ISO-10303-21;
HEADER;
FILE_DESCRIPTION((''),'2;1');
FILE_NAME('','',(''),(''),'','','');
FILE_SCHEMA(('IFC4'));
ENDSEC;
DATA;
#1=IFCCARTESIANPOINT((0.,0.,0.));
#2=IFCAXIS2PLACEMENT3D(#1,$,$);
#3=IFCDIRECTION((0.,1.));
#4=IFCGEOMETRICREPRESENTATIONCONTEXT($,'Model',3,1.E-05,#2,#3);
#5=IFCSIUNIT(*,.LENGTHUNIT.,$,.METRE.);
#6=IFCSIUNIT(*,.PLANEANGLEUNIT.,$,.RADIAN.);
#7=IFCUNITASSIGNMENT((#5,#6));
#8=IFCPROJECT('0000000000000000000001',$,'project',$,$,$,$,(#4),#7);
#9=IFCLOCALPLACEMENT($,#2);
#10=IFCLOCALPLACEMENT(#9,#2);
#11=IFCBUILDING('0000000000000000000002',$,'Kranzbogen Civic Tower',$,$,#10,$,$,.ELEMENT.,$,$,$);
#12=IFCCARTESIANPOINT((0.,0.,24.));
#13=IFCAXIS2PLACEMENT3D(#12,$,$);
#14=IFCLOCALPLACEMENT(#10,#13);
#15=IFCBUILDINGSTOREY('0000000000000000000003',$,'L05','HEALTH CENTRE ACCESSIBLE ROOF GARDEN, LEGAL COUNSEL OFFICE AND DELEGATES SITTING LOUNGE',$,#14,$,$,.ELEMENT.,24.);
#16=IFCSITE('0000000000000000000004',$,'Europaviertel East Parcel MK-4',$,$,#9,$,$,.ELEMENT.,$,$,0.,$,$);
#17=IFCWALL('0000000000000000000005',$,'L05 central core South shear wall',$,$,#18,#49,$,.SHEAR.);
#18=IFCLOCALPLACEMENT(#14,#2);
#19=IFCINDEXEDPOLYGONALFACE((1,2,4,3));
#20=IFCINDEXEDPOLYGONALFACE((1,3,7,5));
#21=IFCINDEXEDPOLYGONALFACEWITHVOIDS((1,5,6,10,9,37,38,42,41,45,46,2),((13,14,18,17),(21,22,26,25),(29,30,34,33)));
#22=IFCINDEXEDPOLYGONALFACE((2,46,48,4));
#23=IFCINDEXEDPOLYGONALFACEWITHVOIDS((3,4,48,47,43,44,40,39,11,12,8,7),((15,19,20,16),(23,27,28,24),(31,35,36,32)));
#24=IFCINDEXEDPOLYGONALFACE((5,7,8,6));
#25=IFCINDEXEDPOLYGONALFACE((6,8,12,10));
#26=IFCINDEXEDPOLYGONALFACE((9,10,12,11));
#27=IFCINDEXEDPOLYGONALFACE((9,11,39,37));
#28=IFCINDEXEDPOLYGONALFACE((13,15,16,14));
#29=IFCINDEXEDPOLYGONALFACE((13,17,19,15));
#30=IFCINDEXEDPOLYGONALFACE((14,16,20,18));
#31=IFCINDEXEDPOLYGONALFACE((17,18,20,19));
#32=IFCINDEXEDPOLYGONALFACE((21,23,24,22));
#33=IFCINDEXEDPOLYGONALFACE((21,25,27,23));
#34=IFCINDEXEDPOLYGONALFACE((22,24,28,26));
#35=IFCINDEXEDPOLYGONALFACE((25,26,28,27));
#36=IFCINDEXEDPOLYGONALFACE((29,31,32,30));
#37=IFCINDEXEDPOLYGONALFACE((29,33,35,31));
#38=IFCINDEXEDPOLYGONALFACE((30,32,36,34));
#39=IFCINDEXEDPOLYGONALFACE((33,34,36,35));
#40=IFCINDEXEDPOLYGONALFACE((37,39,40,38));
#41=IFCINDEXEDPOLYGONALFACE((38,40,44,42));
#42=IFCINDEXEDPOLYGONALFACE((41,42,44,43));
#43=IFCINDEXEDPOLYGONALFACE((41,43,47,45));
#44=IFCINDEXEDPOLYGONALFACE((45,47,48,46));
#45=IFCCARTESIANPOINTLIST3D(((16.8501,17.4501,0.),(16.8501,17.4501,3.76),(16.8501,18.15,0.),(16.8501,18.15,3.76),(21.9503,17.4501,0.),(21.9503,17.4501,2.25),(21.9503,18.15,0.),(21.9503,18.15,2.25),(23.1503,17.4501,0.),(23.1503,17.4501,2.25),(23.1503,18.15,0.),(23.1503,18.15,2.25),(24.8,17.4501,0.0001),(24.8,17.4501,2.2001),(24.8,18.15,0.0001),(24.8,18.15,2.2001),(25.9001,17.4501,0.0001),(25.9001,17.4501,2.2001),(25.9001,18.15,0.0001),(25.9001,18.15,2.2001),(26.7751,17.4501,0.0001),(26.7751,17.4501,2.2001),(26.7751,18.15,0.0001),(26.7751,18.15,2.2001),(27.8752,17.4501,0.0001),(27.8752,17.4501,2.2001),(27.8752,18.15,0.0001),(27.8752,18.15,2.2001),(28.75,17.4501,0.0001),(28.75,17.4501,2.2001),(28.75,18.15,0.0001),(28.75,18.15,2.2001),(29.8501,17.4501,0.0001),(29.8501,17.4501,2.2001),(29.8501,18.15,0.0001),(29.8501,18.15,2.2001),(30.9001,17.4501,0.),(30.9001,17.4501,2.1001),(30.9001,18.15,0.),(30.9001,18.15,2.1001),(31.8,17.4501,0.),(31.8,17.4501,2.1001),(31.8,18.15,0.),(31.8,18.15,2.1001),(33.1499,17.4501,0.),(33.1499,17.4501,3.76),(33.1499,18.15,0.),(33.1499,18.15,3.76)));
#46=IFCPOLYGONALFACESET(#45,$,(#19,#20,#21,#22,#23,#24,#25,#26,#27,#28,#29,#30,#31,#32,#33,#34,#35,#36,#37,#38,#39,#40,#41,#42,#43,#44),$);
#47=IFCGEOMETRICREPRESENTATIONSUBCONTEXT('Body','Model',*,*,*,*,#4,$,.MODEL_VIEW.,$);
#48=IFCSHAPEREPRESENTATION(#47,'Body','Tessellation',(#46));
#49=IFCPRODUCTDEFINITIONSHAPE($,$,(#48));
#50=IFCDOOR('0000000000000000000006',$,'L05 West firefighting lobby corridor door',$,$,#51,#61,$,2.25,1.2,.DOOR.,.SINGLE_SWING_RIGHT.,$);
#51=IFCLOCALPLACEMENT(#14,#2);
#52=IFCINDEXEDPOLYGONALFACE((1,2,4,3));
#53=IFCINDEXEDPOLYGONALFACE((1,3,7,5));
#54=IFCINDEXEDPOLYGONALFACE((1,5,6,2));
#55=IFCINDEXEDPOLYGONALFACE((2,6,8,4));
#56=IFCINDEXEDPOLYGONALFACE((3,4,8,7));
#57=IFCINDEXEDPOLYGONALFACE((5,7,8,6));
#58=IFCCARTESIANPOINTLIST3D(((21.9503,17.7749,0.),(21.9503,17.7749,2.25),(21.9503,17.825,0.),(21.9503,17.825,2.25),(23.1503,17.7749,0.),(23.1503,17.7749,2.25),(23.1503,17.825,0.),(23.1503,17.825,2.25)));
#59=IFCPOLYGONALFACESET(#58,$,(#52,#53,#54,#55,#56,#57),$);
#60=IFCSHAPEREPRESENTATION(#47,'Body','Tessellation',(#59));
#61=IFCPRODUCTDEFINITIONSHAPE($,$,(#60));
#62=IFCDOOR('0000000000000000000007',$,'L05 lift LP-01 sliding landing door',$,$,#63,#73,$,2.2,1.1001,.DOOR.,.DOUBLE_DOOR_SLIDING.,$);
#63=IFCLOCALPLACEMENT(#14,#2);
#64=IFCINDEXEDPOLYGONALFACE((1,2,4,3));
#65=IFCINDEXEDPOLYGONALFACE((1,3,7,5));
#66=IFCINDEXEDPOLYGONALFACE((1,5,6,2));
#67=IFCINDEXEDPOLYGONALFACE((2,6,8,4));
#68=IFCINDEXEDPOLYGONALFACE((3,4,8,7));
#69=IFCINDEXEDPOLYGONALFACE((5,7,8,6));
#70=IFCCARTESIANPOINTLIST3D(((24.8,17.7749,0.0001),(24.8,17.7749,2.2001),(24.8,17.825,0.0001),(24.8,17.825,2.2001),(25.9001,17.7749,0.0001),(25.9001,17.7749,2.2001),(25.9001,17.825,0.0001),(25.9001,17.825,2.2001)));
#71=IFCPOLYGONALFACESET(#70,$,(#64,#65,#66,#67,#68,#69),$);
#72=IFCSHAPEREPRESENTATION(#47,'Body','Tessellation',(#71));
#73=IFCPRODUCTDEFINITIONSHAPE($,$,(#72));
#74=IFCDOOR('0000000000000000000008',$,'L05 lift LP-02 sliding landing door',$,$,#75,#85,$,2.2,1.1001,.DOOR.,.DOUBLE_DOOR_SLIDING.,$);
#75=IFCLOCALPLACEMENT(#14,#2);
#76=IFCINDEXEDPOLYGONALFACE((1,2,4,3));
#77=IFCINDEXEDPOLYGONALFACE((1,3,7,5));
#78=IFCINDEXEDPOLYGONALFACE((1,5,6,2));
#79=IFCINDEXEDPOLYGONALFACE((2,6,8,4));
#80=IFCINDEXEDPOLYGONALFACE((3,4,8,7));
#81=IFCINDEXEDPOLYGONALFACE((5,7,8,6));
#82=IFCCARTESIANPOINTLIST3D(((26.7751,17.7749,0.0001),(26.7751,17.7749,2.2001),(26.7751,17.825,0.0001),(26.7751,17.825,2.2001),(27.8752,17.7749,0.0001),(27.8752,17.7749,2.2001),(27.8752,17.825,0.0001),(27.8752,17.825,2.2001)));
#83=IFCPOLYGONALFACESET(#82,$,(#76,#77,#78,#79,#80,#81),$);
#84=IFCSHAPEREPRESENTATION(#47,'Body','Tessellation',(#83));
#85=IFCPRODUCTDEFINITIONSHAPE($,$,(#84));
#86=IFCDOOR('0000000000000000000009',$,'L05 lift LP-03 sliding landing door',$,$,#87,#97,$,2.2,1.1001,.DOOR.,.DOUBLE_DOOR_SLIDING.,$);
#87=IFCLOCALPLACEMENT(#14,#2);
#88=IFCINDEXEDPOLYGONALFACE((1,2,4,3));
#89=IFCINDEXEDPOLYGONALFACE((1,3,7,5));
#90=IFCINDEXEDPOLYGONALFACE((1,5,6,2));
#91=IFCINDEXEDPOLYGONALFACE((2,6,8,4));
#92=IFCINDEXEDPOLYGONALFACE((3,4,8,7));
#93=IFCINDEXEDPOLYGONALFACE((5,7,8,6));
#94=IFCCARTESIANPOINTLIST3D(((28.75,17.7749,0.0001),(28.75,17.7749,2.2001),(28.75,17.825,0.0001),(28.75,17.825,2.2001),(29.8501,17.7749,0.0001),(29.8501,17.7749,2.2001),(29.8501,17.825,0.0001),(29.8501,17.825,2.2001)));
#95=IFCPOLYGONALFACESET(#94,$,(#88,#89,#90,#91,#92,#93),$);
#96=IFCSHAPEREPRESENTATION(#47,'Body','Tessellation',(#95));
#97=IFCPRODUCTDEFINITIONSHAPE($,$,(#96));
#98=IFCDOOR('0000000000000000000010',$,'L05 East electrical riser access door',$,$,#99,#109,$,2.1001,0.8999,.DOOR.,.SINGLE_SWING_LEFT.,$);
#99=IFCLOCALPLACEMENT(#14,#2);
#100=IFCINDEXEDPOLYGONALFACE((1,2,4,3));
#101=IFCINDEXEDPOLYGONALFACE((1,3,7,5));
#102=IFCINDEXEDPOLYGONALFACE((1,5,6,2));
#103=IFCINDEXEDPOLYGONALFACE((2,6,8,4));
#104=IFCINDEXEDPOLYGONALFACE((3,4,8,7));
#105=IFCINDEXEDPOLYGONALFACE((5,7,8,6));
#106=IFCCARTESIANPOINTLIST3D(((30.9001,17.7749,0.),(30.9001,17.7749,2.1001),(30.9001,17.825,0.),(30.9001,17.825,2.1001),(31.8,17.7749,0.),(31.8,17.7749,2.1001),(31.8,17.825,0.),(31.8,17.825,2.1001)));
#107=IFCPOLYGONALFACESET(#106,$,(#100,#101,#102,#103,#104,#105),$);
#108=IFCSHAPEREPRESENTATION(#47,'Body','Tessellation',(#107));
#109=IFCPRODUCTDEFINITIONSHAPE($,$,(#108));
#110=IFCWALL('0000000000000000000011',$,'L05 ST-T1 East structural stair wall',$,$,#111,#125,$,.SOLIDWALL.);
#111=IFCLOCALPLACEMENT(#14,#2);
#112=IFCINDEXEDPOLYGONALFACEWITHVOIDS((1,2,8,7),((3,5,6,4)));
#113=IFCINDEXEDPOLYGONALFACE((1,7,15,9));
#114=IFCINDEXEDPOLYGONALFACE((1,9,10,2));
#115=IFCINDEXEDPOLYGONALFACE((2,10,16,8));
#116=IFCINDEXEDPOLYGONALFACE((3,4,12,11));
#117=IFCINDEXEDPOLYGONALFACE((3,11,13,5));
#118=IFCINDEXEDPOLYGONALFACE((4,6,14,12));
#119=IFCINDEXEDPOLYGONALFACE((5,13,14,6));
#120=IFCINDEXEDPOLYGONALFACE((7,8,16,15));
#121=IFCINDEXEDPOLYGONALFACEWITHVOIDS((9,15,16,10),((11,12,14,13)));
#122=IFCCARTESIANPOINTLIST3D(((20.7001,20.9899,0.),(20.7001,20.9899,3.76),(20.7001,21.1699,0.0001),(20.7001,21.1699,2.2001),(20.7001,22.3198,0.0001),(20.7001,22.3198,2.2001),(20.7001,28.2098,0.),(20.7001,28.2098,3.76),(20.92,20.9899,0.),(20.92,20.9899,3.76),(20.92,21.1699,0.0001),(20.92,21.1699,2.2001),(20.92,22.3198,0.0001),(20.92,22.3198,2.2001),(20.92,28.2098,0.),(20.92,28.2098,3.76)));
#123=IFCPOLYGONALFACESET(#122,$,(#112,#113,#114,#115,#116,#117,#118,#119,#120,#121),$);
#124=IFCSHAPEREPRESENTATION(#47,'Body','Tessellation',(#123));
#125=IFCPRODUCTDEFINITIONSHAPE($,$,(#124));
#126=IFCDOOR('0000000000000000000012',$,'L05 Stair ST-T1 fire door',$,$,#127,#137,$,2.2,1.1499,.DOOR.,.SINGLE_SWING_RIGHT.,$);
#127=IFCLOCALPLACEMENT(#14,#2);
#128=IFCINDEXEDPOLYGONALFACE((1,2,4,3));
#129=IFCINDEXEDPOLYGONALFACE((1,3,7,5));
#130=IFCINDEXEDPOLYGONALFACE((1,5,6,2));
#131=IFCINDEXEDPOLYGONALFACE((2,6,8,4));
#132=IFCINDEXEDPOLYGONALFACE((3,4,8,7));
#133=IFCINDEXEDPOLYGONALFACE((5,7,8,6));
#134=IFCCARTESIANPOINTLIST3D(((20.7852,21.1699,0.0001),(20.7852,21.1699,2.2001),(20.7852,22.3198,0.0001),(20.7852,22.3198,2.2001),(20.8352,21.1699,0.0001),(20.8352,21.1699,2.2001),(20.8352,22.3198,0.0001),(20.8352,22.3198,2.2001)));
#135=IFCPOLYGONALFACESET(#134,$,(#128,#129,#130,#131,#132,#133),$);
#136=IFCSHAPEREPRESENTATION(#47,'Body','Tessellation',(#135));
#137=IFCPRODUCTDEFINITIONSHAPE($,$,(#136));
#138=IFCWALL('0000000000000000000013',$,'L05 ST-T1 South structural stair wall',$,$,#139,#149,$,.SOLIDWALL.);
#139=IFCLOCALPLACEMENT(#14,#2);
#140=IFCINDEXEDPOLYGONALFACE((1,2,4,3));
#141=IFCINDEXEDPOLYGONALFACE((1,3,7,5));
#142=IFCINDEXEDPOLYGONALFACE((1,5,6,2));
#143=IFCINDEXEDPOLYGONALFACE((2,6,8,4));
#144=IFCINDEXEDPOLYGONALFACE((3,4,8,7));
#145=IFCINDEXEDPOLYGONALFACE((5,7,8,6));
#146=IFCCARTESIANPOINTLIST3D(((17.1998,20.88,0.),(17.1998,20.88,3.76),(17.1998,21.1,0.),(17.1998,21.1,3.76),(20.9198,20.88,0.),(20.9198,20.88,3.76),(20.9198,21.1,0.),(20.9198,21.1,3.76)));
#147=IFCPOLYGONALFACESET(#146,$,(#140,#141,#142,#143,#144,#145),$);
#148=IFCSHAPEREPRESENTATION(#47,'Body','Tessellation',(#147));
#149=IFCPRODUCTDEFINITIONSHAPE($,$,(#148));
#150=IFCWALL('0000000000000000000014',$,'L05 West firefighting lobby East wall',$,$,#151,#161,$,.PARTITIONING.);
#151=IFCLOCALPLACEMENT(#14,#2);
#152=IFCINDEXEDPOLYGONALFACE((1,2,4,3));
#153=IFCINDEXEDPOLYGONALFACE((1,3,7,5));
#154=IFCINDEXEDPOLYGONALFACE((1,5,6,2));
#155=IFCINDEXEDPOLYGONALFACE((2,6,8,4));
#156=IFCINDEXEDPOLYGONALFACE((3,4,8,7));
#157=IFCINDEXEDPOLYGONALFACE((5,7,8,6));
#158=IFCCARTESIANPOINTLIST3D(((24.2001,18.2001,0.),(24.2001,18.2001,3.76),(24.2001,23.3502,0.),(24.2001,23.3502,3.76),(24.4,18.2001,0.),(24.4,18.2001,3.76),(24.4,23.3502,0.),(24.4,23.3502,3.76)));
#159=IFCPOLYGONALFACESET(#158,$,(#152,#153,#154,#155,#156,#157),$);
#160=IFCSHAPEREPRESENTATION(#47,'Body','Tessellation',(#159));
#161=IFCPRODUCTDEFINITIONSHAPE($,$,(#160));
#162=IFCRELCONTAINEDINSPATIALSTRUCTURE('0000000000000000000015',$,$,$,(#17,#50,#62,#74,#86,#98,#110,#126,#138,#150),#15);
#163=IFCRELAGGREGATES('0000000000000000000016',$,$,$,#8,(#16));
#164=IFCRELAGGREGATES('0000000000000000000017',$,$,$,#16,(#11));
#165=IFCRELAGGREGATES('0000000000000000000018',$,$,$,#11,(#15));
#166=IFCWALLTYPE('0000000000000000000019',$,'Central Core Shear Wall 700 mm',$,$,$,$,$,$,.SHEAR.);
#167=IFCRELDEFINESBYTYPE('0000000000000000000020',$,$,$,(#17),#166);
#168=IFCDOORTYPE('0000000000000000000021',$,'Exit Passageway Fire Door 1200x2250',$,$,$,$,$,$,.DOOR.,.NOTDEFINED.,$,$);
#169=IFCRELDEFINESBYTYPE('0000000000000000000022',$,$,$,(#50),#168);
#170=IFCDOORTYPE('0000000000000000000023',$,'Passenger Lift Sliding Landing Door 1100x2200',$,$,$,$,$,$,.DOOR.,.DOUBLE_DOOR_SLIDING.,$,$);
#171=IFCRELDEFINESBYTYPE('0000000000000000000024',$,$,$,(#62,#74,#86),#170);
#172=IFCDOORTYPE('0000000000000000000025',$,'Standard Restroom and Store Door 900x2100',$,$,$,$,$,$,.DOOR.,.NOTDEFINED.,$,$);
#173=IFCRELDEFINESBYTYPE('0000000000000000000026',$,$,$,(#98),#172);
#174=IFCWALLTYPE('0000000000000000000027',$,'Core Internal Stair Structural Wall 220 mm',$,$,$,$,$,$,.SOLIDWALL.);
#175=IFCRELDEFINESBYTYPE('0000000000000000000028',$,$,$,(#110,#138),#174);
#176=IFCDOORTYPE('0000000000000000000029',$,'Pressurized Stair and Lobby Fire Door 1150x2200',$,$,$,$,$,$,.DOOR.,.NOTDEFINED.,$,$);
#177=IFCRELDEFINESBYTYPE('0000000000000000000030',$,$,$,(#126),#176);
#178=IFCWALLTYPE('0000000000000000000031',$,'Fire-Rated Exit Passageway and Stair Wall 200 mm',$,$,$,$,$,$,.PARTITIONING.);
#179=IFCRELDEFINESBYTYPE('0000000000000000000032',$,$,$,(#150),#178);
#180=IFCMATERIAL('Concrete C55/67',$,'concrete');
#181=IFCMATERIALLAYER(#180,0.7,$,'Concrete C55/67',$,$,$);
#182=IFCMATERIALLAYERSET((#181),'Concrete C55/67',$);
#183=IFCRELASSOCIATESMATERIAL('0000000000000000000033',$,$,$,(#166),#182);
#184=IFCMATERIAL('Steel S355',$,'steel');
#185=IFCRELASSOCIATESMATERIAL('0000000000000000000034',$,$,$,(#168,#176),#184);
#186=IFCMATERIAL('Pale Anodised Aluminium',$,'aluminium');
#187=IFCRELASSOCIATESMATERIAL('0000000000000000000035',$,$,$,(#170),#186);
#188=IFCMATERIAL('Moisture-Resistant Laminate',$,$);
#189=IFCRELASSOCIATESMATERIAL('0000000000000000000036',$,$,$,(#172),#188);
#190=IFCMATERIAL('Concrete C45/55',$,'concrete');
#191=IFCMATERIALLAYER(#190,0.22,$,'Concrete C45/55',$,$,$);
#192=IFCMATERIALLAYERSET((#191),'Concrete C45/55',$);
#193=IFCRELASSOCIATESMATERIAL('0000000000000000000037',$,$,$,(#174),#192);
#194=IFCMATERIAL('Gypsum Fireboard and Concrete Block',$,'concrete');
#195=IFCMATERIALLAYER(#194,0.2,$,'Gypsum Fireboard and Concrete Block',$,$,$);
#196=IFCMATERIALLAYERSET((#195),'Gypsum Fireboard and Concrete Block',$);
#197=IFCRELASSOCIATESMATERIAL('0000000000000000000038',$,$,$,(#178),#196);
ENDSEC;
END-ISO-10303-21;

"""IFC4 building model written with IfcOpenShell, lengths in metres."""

from ifc_helpers import new_model, si_unit, direction, frame, frame_2d, origin, place, context, subcontext, project, spatial, rectangle, extrude, material, layer, layer_set, type_object, element, fill, save


model = new_model("IFC4")

# Units and contexts
model_context = context("Model", 3, precision=1e-05, world=origin(), true_north=direction((0.0, 1.0)))
body_context = subcontext(model_context, "Body", "Model", "MODEL_VIEW")
ifc_project = project(units=[si_unit("LENGTHUNIT", "METRE"), si_unit("PLANEANGLEUNIT", "RADIAN")], contexts=[model_context])

# Site, building, storey
site_placement = place(None, origin())
site = spatial("IfcSite", under=ifc_project, at=site_placement, Name="Europaviertel East Parcel MK-4", CompositionType="ELEMENT", RefElevation=0.0)
building_placement = place(site_placement, origin())
building = spatial("IfcBuilding", under=site, at=building_placement, Name="Kranzbogen Civic Tower", CompositionType="ELEMENT")
storey_placement = place(building_placement, frame((0.0, 0.0, 24.0)))
storey = spatial("IfcBuildingStorey", under=building, at=storey_placement, Name="L05", Description="HEALTH CENTRE ACCESSIBLE ROOF GARDEN, LEGAL COUNSEL OFFICE AND DELEGATES SITTING LOUNGE", CompositionType="ELEMENT", Elevation=24.0)

# Shared definitions
ifc_material_1 = material(Name="Steel S355", Category="steel")

# Wall, openings, doors
ifc_material_2 = material(Name="Concrete C55/67", Category="concrete")
ifc_layer_1 = layer(ifc_material_2, 0.7, Name="Concrete C55/67")
ifc_layer_set_1 = layer_set([ifc_layer_1], Name="Concrete C55/67")
wall_type_1 = type_object("IfcWallType", Name="Central Core Shear Wall 700 mm", PredefinedType="SHEAR", material=ifc_layer_set_1)
wall_1_placement = place(storey_placement, frame((16.8501, 17.8, 0.0), z_axis=(0.0, 0.0, 1.0), x_axis=(1.0, 0.0, 0.0)))
wall_1 = element("IfcWall", 1, at=wall_1_placement, inside=storey, type_object=wall_type_1, Name="L05 central core South shear wall", PredefinedType="SHEAR", context=body_context, shape_type="SweptSolid", body=[
    extrude(rectangle(XDim=16.2998, YDim=0.7, at=frame_2d((8.1499, 0.0))), origin(), (0.0, 0.0, 1.0), 3.76),
])
opening_1_placement = place(wall_1_placement, frame((5.1001, 0.0, 0.0)))
opening_1 = element("IfcOpeningElement", 2, at=opening_1_placement, cuts=wall_1, PredefinedType="OPENING", context=body_context, shape_type="SweptSolid", body=[
    extrude(rectangle(XDim=1.2, YDim=2.25, at=frame_2d((0.6001, 1.125))), frame((0.0, 0.3599, 0.0), z_axis=(0.0, -1.0, 0.0), x_axis=(1.0, 0.0, 0.0)), (0.0, 0.0, 1.0), 0.72),
])
opening_2_placement = place(wall_1_placement, frame((14.05, 0.0, 0.0)))
opening_2 = element("IfcOpeningElement", 3, at=opening_2_placement, cuts=wall_1, PredefinedType="OPENING", context=body_context, shape_type="SweptSolid", body=[
    extrude(rectangle(XDim=0.8999, YDim=2.1001, at=frame_2d((0.45, 1.05))), frame((0.0, 0.3599, 0.0), z_axis=(0.0, -1.0, 0.0), x_axis=(1.0, 0.0, 0.0)), (0.0, 0.0, 1.0), 0.72),
])
opening_3_placement = place(wall_1_placement, frame((7.95, 0.0, 0.0)))
opening_3 = element("IfcOpeningElement", 4, at=opening_3_placement, cuts=wall_1, PredefinedType="OPENING", context=body_context, shape_type="SweptSolid", body=[
    extrude(rectangle(XDim=1.1001, YDim=2.2, at=frame_2d((0.55, 1.1001))), frame((0.0, 0.3599, 0.0), z_axis=(0.0, -1.0, 0.0), x_axis=(1.0, 0.0, 0.0)), (0.0, 0.0, 1.0), 0.72),
])
opening_4_placement = place(wall_1_placement, frame((9.925, 0.0, 0.0)))
opening_4 = element("IfcOpeningElement", 5, at=opening_4_placement, cuts=wall_1, PredefinedType="OPENING", context=body_context, shape_type="SweptSolid", body=[
    extrude(rectangle(XDim=1.1001, YDim=2.2, at=frame_2d((0.55, 1.1001))), frame((0.0, 0.3599, 0.0), z_axis=(0.0, -1.0, 0.0), x_axis=(1.0, 0.0, 0.0)), (0.0, 0.0, 1.0), 0.72),
])
opening_5_placement = place(wall_1_placement, frame((11.8999, 0.0, 0.0)))
opening_5 = element("IfcOpeningElement", 6, at=opening_5_placement, cuts=wall_1, PredefinedType="OPENING", context=body_context, shape_type="SweptSolid", body=[
    extrude(rectangle(XDim=1.1001, YDim=2.2, at=frame_2d((0.55, 1.1001))), frame((0.0, 0.3599, 0.0), z_axis=(0.0, -1.0, 0.0), x_axis=(1.0, 0.0, 0.0)), (0.0, 0.0, 1.0), 0.72),
])
door_type_1 = type_object("IfcDoorType", Name="Exit Passageway Fire Door 1200x2250", OperationType="NOTDEFINED", PredefinedType="DOOR", material=ifc_material_1)
door_1_placement = place(opening_1_placement, origin())
door_1 = element("IfcDoor", 7, at=door_1_placement, inside=storey, type_object=door_type_1, Name="L05 West firefighting lobby corridor door", OperationType="SINGLE_SWING_RIGHT", OverallHeight=2.25, OverallWidth=1.2, PredefinedType="DOOR", context=body_context, shape_type="SweptSolid", body=[
    extrude(rectangle(XDim=1.2, YDim=2.25, at=frame_2d((0.6001, 1.125))), frame((0.0, 0.0249, 0.0), z_axis=(0.0, -1.0, 0.0), x_axis=(1.0, 0.0, 0.0)), (0.0, 0.0, 1.0), 0.05),
])
fill(opening_1, door_1)
ifc_material_3 = material(Name="Pale Anodised Aluminium", Category="aluminium")
door_type_2 = type_object("IfcDoorType", Name="Passenger Lift Sliding Landing Door 1100x2200", OperationType="DOUBLE_DOOR_SLIDING", PredefinedType="DOOR", material=ifc_material_3)
door_2_placement = place(opening_3_placement, origin())
door_2 = element("IfcDoor", 8, at=door_2_placement, inside=storey, type_object=door_type_2, Name="L05 lift LP-01 sliding landing door", OperationType="DOUBLE_DOOR_SLIDING", OverallHeight=2.2, OverallWidth=1.1001, PredefinedType="DOOR", context=body_context, shape_type="SweptSolid", body=[
    extrude(rectangle(XDim=1.1001, YDim=2.2, at=frame_2d((0.55, 1.1001))), frame((0.0, 0.0249, 0.0), z_axis=(0.0, -1.0, 0.0), x_axis=(1.0, 0.0, 0.0)), (0.0, 0.0, 1.0), 0.05),
])
fill(opening_3, door_2)
door_3_placement = place(opening_4_placement, origin())
door_3 = element("IfcDoor", 9, at=door_3_placement, inside=storey, type_object=door_type_2, Name="L05 lift LP-02 sliding landing door", OperationType="DOUBLE_DOOR_SLIDING", OverallHeight=2.2, OverallWidth=1.1001, PredefinedType="DOOR", context=body_context, shape_type="SweptSolid", body=[
    extrude(rectangle(XDim=1.1001, YDim=2.2, at=frame_2d((0.55, 1.1001))), frame((0.0, 0.0249, 0.0), z_axis=(0.0, -1.0, 0.0), x_axis=(1.0, 0.0, 0.0)), (0.0, 0.0, 1.0), 0.05),
])
fill(opening_4, door_3)
door_4_placement = place(opening_5_placement, origin())
door_4 = element("IfcDoor", 10, at=door_4_placement, inside=storey, type_object=door_type_2, Name="L05 lift LP-03 sliding landing door", OperationType="DOUBLE_DOOR_SLIDING", OverallHeight=2.2, OverallWidth=1.1001, PredefinedType="DOOR", context=body_context, shape_type="SweptSolid", body=[
    extrude(rectangle(XDim=1.1001, YDim=2.2, at=frame_2d((0.55, 1.1001))), frame((0.0, 0.0249, 0.0), z_axis=(0.0, -1.0, 0.0), x_axis=(1.0, 0.0, 0.0)), (0.0, 0.0, 1.0), 0.05),
])
fill(opening_5, door_4)
ifc_material_4 = material(Name="Moisture-Resistant Laminate")
door_type_3 = type_object("IfcDoorType", Name="Standard Restroom and Store Door 900x2100", OperationType="NOTDEFINED", PredefinedType="DOOR", material=ifc_material_4)
door_5_placement = place(opening_2_placement, origin())
door_5 = element("IfcDoor", 11, at=door_5_placement, inside=storey, type_object=door_type_3, Name="L05 East electrical riser access door", OperationType="SINGLE_SWING_LEFT", OverallHeight=2.1001, OverallWidth=0.8999, PredefinedType="DOOR", context=body_context, shape_type="SweptSolid", body=[
    extrude(rectangle(XDim=0.8999, YDim=2.1001, at=frame_2d((0.45, 1.05))), frame((0.0, 0.0249, 0.0), z_axis=(0.0, -1.0, 0.0), x_axis=(1.0, 0.0, 0.0)), (0.0, 0.0, 1.0), 0.05),
])
fill(opening_2, door_5)

# Wall, opening, door
ifc_material_5 = material(Name="Concrete C45/55", Category="concrete")
ifc_layer_2 = layer(ifc_material_5, 0.22, Name="Concrete C45/55")
ifc_layer_set_2 = layer_set([ifc_layer_2], Name="Concrete C45/55")
wall_type_2 = type_object("IfcWallType", Name="Core Internal Stair Structural Wall 220 mm", PredefinedType="SOLIDWALL", material=ifc_layer_set_2)
wall_2_placement = place(storey_placement, frame((20.8101, 20.99, 0.0), z_axis=(0.0, 0.0, 1.0), x_axis=(0.0, 1.0, 0.0)))
wall_2 = element("IfcWall", 12, at=wall_2_placement, inside=storey, type_object=wall_type_2, Name="L05 ST-T1 East structural stair wall", PredefinedType="SOLIDWALL", context=body_context, shape_type="SweptSolid", body=[
    extrude(rectangle(XDim=7.22, YDim=0.22, at=frame_2d((3.6099, 0.0))), origin(), (0.0, 0.0, 1.0), 3.76),
])
opening_6_placement = place(wall_2_placement, frame((0.1799, 0.0, 0.0)))
opening_6 = element("IfcOpeningElement", 13, at=opening_6_placement, cuts=wall_2, PredefinedType="OPENING", context=body_context, shape_type="SweptSolid", body=[
    extrude(rectangle(XDim=1.1499, YDim=2.2, at=frame_2d((0.575, 1.1001))), frame((0.0, 0.1201, 0.0), z_axis=(0.0, -1.0, 0.0), x_axis=(1.0, 0.0, 0.0)), (0.0, 0.0, 1.0), 0.24),
])
door_type_4 = type_object("IfcDoorType", Name="Pressurized Stair and Lobby Fire Door 1150x2200", OperationType="NOTDEFINED", PredefinedType="DOOR", material=ifc_material_1)
door_6_placement = place(opening_6_placement, origin())
door_6 = element("IfcDoor", 14, at=door_6_placement, inside=storey, type_object=door_type_4, Name="L05 Stair ST-T1 fire door", OperationType="SINGLE_SWING_RIGHT", OverallHeight=2.2, OverallWidth=1.1499, PredefinedType="DOOR", context=body_context, shape_type="SweptSolid", body=[
    extrude(rectangle(XDim=1.1499, YDim=2.2, at=frame_2d((0.575, 1.1001))), frame((0.0, 0.0249, 0.0), z_axis=(0.0, -1.0, 0.0), x_axis=(1.0, 0.0, 0.0)), (0.0, 0.0, 1.0), 0.05),
])
fill(opening_6, door_6)

# Walls
wall_3_placement = place(storey_placement, frame((17.2, 20.99, 0.0), z_axis=(0.0, 0.0, 1.0), x_axis=(1.0, 0.0, 0.0)))
element("IfcWall", 15, at=wall_3_placement, inside=storey, type_object=wall_type_2, Name="L05 ST-T1 South structural stair wall", PredefinedType="SOLIDWALL", context=body_context, shape_type="SweptSolid", body=[
    extrude(rectangle(XDim=3.72, YDim=0.22, at=frame_2d((1.8599, 0.0))), origin(), (0.0, 0.0, 1.0), 3.76),
])
ifc_material_6 = material(Name="Gypsum Fireboard and Concrete Block", Category="concrete")
ifc_layer_3 = layer(ifc_material_6, 0.2, Name="Gypsum Fireboard and Concrete Block")
ifc_layer_set_3 = layer_set([ifc_layer_3], Name="Gypsum Fireboard and Concrete Block")
wall_type_3 = type_object("IfcWallType", Name="Fire-Rated Exit Passageway and Stair Wall 200 mm", PredefinedType="PARTITIONING", material=ifc_layer_set_3)
wall_4_placement = place(storey_placement, frame((24.3, 18.2, 0.0), z_axis=(0.0, 0.0, 1.0), x_axis=(0.0, 1.0, 0.0)))
element("IfcWall", 16, at=wall_4_placement, inside=storey, type_object=wall_type_3, Name="L05 West firefighting lobby East wall", PredefinedType="PARTITIONING", context=body_context, shape_type="SweptSolid", body=[
    extrude(rectangle(XDim=5.1501, YDim=0.2, at=frame_2d((2.5752, 0.0))), origin(), (0.0, 0.0, 1.0), 3.76),
])

save(model, "model.ifc")
